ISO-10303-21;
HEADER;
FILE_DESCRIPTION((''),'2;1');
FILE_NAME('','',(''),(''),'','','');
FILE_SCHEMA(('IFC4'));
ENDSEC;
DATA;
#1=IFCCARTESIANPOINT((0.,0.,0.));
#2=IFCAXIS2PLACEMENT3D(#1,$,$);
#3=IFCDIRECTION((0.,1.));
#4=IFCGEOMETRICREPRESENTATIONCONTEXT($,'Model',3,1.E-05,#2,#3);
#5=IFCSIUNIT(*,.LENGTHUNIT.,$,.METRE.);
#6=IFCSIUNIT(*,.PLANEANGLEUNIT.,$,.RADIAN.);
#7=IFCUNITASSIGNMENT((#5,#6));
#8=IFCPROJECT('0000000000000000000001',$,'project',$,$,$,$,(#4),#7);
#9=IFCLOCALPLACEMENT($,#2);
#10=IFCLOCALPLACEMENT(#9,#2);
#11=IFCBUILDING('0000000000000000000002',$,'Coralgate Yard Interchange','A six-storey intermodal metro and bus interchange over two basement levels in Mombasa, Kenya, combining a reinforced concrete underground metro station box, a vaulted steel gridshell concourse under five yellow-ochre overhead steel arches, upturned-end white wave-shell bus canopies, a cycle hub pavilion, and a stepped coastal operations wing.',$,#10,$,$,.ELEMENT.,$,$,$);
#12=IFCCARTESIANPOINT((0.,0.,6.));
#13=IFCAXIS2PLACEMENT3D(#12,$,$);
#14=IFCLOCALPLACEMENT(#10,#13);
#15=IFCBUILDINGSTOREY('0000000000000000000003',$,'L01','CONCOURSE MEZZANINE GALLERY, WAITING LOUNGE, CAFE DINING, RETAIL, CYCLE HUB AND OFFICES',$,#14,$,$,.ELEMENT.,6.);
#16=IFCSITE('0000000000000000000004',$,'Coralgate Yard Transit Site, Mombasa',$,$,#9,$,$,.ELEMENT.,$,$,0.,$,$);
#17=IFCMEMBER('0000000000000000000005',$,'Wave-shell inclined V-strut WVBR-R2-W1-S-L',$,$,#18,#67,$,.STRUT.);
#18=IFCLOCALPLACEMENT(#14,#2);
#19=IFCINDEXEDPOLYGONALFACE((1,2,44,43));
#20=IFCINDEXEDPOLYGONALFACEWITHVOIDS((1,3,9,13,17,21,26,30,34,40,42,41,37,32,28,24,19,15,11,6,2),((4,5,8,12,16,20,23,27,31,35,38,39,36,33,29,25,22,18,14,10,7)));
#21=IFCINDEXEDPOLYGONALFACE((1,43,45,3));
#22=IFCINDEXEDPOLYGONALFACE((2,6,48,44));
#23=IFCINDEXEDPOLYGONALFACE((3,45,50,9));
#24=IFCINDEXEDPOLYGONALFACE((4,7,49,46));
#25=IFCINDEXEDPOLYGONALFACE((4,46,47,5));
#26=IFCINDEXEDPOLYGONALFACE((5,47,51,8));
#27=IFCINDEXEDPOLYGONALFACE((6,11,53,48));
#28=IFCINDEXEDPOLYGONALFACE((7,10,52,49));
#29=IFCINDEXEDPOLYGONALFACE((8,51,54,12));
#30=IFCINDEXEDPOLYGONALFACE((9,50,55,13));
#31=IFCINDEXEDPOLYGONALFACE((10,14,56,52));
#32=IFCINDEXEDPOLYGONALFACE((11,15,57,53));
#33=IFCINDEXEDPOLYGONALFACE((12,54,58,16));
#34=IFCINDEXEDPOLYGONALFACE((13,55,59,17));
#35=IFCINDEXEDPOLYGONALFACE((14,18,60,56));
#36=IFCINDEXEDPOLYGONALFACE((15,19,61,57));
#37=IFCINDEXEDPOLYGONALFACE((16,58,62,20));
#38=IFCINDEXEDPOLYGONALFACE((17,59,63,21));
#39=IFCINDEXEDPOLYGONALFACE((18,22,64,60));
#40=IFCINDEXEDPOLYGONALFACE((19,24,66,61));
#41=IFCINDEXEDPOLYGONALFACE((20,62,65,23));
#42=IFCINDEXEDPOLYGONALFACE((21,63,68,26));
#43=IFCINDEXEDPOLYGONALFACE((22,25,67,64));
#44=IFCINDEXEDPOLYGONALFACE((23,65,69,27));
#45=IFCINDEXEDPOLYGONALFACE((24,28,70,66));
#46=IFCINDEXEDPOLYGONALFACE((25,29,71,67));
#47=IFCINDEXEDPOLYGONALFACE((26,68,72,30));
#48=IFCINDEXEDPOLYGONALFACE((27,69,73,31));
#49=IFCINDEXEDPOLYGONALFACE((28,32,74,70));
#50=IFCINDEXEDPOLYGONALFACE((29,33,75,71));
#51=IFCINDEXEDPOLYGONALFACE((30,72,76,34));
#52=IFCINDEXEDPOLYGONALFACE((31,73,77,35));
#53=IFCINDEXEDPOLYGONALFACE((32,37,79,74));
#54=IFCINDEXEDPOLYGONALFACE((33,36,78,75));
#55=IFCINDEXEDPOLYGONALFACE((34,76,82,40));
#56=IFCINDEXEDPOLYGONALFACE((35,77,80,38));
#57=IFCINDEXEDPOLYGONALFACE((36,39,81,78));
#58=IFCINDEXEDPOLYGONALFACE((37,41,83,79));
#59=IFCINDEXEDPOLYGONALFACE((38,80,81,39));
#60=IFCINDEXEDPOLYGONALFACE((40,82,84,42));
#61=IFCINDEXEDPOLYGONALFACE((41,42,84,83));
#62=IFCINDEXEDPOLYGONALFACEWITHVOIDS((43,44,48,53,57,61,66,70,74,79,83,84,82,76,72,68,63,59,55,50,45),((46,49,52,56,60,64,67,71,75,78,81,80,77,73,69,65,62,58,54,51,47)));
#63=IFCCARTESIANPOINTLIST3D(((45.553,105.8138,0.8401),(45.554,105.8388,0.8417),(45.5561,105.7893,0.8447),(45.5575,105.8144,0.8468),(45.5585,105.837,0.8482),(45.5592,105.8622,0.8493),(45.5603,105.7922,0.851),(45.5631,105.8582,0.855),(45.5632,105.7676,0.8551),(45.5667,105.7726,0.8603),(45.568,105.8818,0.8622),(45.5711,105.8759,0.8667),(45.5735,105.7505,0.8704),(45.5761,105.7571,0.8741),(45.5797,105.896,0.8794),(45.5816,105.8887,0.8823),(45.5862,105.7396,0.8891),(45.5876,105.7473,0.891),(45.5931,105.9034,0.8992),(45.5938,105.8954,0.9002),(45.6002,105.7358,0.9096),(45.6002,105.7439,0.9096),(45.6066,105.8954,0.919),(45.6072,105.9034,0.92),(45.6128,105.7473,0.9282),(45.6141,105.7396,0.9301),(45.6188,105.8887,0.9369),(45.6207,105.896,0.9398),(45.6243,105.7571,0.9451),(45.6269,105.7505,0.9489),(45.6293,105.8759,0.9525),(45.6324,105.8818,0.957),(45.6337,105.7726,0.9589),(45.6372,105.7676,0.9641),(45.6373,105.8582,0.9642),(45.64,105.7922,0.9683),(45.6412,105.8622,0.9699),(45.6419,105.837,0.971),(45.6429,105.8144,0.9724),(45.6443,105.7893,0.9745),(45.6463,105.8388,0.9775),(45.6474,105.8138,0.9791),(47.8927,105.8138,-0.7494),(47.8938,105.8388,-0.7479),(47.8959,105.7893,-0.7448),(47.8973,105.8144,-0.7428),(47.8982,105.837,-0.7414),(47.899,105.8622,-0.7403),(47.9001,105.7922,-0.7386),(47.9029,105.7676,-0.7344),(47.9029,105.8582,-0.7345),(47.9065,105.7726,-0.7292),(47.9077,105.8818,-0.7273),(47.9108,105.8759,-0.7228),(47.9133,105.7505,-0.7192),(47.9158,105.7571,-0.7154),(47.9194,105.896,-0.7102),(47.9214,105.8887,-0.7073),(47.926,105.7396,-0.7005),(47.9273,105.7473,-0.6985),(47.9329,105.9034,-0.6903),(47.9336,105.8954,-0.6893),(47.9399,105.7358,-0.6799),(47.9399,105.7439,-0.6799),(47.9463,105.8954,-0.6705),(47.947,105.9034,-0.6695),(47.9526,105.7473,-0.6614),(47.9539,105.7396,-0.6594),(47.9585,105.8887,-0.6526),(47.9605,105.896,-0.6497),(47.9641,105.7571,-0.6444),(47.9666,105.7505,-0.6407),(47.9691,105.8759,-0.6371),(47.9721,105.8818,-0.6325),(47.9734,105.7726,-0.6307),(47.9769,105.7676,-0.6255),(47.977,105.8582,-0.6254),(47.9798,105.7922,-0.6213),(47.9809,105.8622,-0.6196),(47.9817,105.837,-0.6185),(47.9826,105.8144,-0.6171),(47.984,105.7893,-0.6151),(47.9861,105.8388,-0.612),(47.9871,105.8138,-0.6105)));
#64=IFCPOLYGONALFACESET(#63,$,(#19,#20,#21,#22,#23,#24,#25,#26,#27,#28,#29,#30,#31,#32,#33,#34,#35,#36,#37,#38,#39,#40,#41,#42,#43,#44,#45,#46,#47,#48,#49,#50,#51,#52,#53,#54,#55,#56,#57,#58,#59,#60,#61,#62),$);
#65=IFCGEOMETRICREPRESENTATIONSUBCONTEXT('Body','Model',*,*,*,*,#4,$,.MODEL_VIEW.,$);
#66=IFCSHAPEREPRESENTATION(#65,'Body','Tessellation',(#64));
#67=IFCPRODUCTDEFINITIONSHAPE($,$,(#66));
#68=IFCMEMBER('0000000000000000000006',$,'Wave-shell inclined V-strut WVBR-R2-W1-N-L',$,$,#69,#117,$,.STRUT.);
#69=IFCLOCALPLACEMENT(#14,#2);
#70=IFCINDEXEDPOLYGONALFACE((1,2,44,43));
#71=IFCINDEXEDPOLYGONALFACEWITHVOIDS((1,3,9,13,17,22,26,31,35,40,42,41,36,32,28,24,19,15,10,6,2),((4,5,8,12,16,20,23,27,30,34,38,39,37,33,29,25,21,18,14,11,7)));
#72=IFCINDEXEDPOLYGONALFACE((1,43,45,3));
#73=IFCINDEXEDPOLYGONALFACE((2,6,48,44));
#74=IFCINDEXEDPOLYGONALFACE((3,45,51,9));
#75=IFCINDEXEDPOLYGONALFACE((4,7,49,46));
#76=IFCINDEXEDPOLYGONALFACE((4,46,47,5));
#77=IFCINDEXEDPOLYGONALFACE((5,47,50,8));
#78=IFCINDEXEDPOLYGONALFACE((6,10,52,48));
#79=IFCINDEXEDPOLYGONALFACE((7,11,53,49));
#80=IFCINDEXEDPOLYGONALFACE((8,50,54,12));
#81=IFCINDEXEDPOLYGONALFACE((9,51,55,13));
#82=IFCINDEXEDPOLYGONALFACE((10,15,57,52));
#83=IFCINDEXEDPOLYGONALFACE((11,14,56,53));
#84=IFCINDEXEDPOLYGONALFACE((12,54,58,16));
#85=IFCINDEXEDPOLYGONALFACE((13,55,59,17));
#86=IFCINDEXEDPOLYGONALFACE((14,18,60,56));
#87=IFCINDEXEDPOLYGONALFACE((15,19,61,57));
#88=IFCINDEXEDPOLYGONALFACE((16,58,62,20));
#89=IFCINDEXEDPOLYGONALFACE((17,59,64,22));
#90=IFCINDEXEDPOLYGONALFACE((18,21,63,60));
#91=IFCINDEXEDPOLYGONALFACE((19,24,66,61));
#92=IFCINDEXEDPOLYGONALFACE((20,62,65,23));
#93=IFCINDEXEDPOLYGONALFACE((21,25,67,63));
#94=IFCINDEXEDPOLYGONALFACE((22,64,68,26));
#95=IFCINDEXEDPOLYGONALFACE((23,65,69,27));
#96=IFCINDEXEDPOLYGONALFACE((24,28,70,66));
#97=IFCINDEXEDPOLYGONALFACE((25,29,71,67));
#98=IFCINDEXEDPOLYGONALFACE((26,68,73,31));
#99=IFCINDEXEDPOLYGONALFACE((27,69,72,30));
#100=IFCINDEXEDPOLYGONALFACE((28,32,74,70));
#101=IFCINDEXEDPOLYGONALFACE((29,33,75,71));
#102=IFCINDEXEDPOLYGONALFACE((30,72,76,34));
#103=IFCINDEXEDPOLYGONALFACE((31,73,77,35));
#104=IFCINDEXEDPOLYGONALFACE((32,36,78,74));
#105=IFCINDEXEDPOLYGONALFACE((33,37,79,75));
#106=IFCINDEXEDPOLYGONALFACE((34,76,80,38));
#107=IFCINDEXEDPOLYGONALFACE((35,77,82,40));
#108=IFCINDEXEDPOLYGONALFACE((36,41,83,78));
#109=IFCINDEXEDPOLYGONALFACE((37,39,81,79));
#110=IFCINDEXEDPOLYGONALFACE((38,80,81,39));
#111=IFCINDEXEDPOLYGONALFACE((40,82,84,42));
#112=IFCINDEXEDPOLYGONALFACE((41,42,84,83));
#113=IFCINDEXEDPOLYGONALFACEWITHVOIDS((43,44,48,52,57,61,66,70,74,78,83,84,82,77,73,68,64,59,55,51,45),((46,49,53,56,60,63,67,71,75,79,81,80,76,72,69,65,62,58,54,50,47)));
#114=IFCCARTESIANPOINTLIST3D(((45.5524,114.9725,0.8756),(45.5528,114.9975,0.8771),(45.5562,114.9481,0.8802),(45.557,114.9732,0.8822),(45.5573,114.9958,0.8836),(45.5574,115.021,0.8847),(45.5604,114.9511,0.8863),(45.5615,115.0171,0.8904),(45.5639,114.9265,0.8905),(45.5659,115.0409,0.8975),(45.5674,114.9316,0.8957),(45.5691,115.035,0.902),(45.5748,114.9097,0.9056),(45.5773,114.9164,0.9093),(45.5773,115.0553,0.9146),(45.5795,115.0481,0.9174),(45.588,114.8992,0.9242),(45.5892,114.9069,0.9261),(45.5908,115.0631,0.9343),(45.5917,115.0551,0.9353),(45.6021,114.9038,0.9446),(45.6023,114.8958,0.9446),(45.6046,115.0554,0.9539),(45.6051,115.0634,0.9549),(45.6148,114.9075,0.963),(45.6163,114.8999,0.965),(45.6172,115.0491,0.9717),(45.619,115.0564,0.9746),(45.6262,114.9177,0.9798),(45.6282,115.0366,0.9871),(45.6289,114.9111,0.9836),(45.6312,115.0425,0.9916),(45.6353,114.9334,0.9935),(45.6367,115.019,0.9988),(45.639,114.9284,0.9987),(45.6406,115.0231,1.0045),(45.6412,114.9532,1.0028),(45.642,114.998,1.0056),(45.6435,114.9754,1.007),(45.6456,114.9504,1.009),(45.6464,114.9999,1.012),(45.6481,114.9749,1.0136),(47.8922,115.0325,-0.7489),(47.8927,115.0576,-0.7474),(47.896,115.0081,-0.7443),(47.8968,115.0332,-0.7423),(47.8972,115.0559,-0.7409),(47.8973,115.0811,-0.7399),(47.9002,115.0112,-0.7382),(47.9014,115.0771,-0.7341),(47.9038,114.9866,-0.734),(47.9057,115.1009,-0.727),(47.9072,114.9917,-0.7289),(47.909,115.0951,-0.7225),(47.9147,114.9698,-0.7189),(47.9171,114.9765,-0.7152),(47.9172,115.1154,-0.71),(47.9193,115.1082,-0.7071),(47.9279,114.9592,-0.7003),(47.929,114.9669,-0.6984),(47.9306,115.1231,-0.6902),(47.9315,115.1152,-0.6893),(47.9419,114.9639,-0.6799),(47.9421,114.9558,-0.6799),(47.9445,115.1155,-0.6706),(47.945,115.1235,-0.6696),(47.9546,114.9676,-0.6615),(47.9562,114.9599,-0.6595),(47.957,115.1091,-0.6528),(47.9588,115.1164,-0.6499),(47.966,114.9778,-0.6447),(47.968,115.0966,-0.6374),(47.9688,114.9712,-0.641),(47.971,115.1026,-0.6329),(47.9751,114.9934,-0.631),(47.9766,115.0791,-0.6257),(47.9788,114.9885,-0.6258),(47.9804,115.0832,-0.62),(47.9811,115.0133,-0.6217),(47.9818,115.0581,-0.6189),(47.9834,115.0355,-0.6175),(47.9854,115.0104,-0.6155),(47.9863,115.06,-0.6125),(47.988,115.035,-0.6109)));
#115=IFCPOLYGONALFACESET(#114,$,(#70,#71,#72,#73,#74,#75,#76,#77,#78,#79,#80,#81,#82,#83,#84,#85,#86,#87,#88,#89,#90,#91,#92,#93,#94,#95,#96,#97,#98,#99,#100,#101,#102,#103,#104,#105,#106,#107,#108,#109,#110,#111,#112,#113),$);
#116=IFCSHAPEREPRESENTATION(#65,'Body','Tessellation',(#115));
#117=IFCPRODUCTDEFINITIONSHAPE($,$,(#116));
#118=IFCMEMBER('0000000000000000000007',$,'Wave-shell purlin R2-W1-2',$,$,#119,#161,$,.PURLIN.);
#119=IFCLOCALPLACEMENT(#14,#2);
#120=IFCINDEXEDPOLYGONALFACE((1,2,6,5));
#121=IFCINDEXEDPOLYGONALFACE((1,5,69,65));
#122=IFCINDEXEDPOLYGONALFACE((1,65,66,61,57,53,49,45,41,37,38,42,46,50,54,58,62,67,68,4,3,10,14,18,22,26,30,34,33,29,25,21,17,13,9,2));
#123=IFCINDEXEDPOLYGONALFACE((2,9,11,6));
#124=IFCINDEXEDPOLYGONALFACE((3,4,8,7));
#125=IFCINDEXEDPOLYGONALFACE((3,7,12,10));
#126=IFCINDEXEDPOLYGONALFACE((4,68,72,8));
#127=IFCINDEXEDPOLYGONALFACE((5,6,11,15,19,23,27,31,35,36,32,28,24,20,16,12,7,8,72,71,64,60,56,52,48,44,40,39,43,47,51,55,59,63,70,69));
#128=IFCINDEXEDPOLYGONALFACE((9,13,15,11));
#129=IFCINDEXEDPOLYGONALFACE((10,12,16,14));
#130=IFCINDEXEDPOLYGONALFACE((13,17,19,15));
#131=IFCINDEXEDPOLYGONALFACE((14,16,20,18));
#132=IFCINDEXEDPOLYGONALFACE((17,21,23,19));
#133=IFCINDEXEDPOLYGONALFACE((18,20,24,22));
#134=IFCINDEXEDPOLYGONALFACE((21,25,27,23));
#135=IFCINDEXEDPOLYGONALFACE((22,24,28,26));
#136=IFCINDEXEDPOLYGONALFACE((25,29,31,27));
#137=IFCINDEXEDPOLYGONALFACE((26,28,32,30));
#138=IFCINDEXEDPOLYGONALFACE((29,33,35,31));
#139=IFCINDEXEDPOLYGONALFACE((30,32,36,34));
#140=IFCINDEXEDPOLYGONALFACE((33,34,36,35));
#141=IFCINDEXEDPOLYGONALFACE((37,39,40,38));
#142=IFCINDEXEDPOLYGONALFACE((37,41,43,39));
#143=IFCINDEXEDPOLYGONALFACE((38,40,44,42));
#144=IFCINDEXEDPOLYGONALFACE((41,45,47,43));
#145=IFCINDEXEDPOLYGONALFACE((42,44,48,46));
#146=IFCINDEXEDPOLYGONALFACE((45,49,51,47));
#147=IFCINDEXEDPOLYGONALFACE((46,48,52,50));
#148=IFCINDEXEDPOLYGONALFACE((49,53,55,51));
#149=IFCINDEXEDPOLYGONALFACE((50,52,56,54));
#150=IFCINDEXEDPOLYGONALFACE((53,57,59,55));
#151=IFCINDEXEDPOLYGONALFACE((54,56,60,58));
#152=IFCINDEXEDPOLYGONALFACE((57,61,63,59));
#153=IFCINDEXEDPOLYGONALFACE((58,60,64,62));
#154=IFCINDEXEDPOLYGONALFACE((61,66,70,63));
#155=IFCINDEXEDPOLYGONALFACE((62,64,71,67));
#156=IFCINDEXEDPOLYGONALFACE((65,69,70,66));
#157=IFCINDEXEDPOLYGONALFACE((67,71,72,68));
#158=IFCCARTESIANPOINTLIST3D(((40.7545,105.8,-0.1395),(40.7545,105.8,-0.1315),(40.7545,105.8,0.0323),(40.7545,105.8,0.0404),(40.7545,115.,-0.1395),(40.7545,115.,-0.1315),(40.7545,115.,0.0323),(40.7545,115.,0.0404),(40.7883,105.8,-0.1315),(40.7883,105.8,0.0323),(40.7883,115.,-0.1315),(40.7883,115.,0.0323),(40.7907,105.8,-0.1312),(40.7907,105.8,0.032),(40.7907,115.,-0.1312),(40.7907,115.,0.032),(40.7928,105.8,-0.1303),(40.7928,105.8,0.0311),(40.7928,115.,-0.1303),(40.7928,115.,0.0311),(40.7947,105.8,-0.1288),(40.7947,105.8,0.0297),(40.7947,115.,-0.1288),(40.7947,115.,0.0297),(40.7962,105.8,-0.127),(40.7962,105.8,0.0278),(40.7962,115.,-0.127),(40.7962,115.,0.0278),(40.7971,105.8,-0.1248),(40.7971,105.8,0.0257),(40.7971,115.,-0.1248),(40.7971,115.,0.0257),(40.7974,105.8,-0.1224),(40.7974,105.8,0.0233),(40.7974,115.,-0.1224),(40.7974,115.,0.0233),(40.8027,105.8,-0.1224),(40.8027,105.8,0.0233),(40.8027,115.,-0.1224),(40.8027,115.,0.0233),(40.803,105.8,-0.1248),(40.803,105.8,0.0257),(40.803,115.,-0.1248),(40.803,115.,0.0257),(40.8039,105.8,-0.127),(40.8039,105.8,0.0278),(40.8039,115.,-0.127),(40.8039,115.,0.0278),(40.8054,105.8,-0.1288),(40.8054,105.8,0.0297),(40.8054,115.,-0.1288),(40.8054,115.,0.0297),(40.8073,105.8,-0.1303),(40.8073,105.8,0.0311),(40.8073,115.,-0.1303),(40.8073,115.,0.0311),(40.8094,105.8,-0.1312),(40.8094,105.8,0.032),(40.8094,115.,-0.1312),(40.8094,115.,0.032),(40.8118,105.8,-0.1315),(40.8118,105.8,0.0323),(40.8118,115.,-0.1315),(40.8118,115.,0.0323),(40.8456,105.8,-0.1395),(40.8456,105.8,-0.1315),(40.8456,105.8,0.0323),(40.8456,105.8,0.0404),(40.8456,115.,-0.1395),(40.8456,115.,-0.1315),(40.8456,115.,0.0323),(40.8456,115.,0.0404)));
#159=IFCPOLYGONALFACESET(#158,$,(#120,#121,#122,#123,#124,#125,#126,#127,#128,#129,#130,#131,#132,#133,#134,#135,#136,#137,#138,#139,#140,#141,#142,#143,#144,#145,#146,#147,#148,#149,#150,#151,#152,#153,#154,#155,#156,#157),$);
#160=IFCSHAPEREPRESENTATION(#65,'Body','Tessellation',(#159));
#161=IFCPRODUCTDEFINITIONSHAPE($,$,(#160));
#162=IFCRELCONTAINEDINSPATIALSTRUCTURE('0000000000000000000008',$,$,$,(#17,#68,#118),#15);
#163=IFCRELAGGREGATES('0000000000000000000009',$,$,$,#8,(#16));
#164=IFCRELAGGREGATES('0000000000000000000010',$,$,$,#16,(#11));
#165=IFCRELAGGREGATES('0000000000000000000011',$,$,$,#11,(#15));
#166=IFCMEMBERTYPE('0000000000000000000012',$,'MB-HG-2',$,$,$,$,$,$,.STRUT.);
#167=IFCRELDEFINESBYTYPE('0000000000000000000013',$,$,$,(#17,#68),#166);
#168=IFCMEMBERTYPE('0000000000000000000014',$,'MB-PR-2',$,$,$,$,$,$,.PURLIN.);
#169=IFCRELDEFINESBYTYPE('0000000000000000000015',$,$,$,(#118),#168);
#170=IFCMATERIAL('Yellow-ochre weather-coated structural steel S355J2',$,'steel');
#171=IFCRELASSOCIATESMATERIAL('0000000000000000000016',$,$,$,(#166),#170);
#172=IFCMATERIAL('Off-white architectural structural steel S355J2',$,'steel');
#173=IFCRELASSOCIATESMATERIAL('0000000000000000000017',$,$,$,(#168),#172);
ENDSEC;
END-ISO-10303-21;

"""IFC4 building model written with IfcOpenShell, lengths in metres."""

from ifc_helpers import new_model, si_unit, direction, frame, origin, origin_2d, place, context, subcontext, project, spatial, hollow_circle, i_section, extrude, material, material_profile, profile_set, type_object, element, save


model = new_model("IFC4")

# Units and contexts
model_context = context("Model", 3, precision=1e-05, world=origin(), true_north=direction((0.0, 1.0)))
body_context = subcontext(model_context, "Body", "Model", "MODEL_VIEW")
ifc_project = project(units=[si_unit("LENGTHUNIT", "METRE"), si_unit("PLANEANGLEUNIT", "RADIAN")], contexts=[model_context])

# Site, building, storey
site_placement = place(None, origin())
site = spatial("IfcSite", under=ifc_project, at=site_placement, Name="Coralgate Yard Transit Site, Mombasa", CompositionType="ELEMENT", RefElevation=0.0)
building_placement = place(site_placement, origin())
building = spatial("IfcBuilding", under=site, at=building_placement, Name="Coralgate Yard Interchange", Description="A six-storey intermodal metro and bus interchange over two basement levels in Mombasa, Kenya, combining a reinforced concrete underground metro station box, a vaulted steel gridshell concourse under five yellow-ochre overhead steel arches, upturned-end white wave-shell bus canopies, a cycle hub pavilion, and a stepped coastal operations wing.", CompositionType="ELEMENT")
storey_placement = place(building_placement, frame((0.0, 0.0, 6.0)))
storey = spatial("IfcBuildingStorey", under=building, at=storey_placement, Name="L01", Description="CONCOURSE MEZZANINE GALLERY, WAITING LOUNGE, CAFE DINING, RETAIL, CYCLE HUB AND OFFICES", CompositionType="ELEMENT", Elevation=6.0)

# Shared definitions
ifc_material_1 = material(Name="Off-white architectural structural steel S355J2", Category="steel")

# Members
ifc_material_2 = material(Name="Yellow-ochre weather-coated structural steel S355J2", Category="steel")
ifc_material_profile_1 = material_profile(ifc_material_2, hollow_circle(Radius=0.0842, WallThickness=0.0081, at=origin_2d()), Name="CHS 168.3x8")
ifc_profile_set_1 = profile_set([ifc_material_profile_1], Name="Yellow-ochre weather-coated structural steel S355J2")
member_type_1 = type_object("IfcMemberType", Name="MB-HG-2", PredefinedType="STRUT", material=ifc_profile_set_1)
member_1_placement = place(storey_placement, frame((47.9399, 105.8201, -0.6799), z_axis=(-0.827172, 0.0, 0.561949), x_axis=(0.0, -1.0, 0.0)))
element("IfcMember", 1, at=member_1_placement, inside=storey, type_object=member_type_1, Name="Wave-shell inclined V-strut WVBR-R2-W1-S-L", PredefinedType="STRUT", context=body_context, shape_type="SweptSolid", body=[
    extrude(hollow_circle(Radius=0.0842, WallThickness=0.0081, at=origin_2d()), origin(), (0.0, 0.0, 1.0), 2.8286),
])
member_2_placement = place(storey_placement, frame((47.9399, 115.04, -0.6799), z_axis=(-0.82125, -0.02108, 0.570179), x_axis=(0.025659, -0.999671, 0.0)))
element("IfcMember", 2, at=member_2_placement, inside=storey, type_object=member_type_1, Name="Wave-shell inclined V-strut WVBR-R2-W1-N-L", PredefinedType="STRUT", context=body_context, shape_type="SweptSolid", body=[
    extrude(hollow_circle(Radius=0.0842, WallThickness=0.0081, at=origin_2d()), origin(), (0.0, 0.0, 1.0), 2.8491),
])
ifc_material_profile_2 = material_profile(ifc_material_1, i_section(OverallWidth=0.0911, OverallDepth=0.1799, WebThickness=0.0054, FlangeThickness=0.0081, FilletRadius=0.009, at=origin_2d()), Name="IPE 180")
ifc_profile_set_2 = profile_set([ifc_material_profile_2], Name="Off-white architectural structural steel S355J2")
member_type_2 = type_object("IfcMemberType", Name="MB-PR-2", PredefinedType="PURLIN", material=ifc_profile_set_2)
for number, where, z_axis, x_axis, name in (
    (3, (40.8, 105.8, -0.0496), (0.0, 1.0, 0.0), (-1.0, 0.0, 0.0), "Wave-shell purlin R2-W1-2"),
):
    element("IfcMember", number, at=place(storey_placement, frame(where, z_axis=z_axis, x_axis=x_axis)), inside=storey, type_object=member_type_2, Name=name, PredefinedType="PURLIN", context=body_context, shape_type="SweptSolid", body=[
        extrude(i_section(OverallWidth=0.0911, OverallDepth=0.1799, WebThickness=0.0054, FlangeThickness=0.0081, FilletRadius=0.009, at=origin_2d()), origin(), (0.0, 0.0, 1.0), 9.2),
    ])

save(model, "model.ifc")
